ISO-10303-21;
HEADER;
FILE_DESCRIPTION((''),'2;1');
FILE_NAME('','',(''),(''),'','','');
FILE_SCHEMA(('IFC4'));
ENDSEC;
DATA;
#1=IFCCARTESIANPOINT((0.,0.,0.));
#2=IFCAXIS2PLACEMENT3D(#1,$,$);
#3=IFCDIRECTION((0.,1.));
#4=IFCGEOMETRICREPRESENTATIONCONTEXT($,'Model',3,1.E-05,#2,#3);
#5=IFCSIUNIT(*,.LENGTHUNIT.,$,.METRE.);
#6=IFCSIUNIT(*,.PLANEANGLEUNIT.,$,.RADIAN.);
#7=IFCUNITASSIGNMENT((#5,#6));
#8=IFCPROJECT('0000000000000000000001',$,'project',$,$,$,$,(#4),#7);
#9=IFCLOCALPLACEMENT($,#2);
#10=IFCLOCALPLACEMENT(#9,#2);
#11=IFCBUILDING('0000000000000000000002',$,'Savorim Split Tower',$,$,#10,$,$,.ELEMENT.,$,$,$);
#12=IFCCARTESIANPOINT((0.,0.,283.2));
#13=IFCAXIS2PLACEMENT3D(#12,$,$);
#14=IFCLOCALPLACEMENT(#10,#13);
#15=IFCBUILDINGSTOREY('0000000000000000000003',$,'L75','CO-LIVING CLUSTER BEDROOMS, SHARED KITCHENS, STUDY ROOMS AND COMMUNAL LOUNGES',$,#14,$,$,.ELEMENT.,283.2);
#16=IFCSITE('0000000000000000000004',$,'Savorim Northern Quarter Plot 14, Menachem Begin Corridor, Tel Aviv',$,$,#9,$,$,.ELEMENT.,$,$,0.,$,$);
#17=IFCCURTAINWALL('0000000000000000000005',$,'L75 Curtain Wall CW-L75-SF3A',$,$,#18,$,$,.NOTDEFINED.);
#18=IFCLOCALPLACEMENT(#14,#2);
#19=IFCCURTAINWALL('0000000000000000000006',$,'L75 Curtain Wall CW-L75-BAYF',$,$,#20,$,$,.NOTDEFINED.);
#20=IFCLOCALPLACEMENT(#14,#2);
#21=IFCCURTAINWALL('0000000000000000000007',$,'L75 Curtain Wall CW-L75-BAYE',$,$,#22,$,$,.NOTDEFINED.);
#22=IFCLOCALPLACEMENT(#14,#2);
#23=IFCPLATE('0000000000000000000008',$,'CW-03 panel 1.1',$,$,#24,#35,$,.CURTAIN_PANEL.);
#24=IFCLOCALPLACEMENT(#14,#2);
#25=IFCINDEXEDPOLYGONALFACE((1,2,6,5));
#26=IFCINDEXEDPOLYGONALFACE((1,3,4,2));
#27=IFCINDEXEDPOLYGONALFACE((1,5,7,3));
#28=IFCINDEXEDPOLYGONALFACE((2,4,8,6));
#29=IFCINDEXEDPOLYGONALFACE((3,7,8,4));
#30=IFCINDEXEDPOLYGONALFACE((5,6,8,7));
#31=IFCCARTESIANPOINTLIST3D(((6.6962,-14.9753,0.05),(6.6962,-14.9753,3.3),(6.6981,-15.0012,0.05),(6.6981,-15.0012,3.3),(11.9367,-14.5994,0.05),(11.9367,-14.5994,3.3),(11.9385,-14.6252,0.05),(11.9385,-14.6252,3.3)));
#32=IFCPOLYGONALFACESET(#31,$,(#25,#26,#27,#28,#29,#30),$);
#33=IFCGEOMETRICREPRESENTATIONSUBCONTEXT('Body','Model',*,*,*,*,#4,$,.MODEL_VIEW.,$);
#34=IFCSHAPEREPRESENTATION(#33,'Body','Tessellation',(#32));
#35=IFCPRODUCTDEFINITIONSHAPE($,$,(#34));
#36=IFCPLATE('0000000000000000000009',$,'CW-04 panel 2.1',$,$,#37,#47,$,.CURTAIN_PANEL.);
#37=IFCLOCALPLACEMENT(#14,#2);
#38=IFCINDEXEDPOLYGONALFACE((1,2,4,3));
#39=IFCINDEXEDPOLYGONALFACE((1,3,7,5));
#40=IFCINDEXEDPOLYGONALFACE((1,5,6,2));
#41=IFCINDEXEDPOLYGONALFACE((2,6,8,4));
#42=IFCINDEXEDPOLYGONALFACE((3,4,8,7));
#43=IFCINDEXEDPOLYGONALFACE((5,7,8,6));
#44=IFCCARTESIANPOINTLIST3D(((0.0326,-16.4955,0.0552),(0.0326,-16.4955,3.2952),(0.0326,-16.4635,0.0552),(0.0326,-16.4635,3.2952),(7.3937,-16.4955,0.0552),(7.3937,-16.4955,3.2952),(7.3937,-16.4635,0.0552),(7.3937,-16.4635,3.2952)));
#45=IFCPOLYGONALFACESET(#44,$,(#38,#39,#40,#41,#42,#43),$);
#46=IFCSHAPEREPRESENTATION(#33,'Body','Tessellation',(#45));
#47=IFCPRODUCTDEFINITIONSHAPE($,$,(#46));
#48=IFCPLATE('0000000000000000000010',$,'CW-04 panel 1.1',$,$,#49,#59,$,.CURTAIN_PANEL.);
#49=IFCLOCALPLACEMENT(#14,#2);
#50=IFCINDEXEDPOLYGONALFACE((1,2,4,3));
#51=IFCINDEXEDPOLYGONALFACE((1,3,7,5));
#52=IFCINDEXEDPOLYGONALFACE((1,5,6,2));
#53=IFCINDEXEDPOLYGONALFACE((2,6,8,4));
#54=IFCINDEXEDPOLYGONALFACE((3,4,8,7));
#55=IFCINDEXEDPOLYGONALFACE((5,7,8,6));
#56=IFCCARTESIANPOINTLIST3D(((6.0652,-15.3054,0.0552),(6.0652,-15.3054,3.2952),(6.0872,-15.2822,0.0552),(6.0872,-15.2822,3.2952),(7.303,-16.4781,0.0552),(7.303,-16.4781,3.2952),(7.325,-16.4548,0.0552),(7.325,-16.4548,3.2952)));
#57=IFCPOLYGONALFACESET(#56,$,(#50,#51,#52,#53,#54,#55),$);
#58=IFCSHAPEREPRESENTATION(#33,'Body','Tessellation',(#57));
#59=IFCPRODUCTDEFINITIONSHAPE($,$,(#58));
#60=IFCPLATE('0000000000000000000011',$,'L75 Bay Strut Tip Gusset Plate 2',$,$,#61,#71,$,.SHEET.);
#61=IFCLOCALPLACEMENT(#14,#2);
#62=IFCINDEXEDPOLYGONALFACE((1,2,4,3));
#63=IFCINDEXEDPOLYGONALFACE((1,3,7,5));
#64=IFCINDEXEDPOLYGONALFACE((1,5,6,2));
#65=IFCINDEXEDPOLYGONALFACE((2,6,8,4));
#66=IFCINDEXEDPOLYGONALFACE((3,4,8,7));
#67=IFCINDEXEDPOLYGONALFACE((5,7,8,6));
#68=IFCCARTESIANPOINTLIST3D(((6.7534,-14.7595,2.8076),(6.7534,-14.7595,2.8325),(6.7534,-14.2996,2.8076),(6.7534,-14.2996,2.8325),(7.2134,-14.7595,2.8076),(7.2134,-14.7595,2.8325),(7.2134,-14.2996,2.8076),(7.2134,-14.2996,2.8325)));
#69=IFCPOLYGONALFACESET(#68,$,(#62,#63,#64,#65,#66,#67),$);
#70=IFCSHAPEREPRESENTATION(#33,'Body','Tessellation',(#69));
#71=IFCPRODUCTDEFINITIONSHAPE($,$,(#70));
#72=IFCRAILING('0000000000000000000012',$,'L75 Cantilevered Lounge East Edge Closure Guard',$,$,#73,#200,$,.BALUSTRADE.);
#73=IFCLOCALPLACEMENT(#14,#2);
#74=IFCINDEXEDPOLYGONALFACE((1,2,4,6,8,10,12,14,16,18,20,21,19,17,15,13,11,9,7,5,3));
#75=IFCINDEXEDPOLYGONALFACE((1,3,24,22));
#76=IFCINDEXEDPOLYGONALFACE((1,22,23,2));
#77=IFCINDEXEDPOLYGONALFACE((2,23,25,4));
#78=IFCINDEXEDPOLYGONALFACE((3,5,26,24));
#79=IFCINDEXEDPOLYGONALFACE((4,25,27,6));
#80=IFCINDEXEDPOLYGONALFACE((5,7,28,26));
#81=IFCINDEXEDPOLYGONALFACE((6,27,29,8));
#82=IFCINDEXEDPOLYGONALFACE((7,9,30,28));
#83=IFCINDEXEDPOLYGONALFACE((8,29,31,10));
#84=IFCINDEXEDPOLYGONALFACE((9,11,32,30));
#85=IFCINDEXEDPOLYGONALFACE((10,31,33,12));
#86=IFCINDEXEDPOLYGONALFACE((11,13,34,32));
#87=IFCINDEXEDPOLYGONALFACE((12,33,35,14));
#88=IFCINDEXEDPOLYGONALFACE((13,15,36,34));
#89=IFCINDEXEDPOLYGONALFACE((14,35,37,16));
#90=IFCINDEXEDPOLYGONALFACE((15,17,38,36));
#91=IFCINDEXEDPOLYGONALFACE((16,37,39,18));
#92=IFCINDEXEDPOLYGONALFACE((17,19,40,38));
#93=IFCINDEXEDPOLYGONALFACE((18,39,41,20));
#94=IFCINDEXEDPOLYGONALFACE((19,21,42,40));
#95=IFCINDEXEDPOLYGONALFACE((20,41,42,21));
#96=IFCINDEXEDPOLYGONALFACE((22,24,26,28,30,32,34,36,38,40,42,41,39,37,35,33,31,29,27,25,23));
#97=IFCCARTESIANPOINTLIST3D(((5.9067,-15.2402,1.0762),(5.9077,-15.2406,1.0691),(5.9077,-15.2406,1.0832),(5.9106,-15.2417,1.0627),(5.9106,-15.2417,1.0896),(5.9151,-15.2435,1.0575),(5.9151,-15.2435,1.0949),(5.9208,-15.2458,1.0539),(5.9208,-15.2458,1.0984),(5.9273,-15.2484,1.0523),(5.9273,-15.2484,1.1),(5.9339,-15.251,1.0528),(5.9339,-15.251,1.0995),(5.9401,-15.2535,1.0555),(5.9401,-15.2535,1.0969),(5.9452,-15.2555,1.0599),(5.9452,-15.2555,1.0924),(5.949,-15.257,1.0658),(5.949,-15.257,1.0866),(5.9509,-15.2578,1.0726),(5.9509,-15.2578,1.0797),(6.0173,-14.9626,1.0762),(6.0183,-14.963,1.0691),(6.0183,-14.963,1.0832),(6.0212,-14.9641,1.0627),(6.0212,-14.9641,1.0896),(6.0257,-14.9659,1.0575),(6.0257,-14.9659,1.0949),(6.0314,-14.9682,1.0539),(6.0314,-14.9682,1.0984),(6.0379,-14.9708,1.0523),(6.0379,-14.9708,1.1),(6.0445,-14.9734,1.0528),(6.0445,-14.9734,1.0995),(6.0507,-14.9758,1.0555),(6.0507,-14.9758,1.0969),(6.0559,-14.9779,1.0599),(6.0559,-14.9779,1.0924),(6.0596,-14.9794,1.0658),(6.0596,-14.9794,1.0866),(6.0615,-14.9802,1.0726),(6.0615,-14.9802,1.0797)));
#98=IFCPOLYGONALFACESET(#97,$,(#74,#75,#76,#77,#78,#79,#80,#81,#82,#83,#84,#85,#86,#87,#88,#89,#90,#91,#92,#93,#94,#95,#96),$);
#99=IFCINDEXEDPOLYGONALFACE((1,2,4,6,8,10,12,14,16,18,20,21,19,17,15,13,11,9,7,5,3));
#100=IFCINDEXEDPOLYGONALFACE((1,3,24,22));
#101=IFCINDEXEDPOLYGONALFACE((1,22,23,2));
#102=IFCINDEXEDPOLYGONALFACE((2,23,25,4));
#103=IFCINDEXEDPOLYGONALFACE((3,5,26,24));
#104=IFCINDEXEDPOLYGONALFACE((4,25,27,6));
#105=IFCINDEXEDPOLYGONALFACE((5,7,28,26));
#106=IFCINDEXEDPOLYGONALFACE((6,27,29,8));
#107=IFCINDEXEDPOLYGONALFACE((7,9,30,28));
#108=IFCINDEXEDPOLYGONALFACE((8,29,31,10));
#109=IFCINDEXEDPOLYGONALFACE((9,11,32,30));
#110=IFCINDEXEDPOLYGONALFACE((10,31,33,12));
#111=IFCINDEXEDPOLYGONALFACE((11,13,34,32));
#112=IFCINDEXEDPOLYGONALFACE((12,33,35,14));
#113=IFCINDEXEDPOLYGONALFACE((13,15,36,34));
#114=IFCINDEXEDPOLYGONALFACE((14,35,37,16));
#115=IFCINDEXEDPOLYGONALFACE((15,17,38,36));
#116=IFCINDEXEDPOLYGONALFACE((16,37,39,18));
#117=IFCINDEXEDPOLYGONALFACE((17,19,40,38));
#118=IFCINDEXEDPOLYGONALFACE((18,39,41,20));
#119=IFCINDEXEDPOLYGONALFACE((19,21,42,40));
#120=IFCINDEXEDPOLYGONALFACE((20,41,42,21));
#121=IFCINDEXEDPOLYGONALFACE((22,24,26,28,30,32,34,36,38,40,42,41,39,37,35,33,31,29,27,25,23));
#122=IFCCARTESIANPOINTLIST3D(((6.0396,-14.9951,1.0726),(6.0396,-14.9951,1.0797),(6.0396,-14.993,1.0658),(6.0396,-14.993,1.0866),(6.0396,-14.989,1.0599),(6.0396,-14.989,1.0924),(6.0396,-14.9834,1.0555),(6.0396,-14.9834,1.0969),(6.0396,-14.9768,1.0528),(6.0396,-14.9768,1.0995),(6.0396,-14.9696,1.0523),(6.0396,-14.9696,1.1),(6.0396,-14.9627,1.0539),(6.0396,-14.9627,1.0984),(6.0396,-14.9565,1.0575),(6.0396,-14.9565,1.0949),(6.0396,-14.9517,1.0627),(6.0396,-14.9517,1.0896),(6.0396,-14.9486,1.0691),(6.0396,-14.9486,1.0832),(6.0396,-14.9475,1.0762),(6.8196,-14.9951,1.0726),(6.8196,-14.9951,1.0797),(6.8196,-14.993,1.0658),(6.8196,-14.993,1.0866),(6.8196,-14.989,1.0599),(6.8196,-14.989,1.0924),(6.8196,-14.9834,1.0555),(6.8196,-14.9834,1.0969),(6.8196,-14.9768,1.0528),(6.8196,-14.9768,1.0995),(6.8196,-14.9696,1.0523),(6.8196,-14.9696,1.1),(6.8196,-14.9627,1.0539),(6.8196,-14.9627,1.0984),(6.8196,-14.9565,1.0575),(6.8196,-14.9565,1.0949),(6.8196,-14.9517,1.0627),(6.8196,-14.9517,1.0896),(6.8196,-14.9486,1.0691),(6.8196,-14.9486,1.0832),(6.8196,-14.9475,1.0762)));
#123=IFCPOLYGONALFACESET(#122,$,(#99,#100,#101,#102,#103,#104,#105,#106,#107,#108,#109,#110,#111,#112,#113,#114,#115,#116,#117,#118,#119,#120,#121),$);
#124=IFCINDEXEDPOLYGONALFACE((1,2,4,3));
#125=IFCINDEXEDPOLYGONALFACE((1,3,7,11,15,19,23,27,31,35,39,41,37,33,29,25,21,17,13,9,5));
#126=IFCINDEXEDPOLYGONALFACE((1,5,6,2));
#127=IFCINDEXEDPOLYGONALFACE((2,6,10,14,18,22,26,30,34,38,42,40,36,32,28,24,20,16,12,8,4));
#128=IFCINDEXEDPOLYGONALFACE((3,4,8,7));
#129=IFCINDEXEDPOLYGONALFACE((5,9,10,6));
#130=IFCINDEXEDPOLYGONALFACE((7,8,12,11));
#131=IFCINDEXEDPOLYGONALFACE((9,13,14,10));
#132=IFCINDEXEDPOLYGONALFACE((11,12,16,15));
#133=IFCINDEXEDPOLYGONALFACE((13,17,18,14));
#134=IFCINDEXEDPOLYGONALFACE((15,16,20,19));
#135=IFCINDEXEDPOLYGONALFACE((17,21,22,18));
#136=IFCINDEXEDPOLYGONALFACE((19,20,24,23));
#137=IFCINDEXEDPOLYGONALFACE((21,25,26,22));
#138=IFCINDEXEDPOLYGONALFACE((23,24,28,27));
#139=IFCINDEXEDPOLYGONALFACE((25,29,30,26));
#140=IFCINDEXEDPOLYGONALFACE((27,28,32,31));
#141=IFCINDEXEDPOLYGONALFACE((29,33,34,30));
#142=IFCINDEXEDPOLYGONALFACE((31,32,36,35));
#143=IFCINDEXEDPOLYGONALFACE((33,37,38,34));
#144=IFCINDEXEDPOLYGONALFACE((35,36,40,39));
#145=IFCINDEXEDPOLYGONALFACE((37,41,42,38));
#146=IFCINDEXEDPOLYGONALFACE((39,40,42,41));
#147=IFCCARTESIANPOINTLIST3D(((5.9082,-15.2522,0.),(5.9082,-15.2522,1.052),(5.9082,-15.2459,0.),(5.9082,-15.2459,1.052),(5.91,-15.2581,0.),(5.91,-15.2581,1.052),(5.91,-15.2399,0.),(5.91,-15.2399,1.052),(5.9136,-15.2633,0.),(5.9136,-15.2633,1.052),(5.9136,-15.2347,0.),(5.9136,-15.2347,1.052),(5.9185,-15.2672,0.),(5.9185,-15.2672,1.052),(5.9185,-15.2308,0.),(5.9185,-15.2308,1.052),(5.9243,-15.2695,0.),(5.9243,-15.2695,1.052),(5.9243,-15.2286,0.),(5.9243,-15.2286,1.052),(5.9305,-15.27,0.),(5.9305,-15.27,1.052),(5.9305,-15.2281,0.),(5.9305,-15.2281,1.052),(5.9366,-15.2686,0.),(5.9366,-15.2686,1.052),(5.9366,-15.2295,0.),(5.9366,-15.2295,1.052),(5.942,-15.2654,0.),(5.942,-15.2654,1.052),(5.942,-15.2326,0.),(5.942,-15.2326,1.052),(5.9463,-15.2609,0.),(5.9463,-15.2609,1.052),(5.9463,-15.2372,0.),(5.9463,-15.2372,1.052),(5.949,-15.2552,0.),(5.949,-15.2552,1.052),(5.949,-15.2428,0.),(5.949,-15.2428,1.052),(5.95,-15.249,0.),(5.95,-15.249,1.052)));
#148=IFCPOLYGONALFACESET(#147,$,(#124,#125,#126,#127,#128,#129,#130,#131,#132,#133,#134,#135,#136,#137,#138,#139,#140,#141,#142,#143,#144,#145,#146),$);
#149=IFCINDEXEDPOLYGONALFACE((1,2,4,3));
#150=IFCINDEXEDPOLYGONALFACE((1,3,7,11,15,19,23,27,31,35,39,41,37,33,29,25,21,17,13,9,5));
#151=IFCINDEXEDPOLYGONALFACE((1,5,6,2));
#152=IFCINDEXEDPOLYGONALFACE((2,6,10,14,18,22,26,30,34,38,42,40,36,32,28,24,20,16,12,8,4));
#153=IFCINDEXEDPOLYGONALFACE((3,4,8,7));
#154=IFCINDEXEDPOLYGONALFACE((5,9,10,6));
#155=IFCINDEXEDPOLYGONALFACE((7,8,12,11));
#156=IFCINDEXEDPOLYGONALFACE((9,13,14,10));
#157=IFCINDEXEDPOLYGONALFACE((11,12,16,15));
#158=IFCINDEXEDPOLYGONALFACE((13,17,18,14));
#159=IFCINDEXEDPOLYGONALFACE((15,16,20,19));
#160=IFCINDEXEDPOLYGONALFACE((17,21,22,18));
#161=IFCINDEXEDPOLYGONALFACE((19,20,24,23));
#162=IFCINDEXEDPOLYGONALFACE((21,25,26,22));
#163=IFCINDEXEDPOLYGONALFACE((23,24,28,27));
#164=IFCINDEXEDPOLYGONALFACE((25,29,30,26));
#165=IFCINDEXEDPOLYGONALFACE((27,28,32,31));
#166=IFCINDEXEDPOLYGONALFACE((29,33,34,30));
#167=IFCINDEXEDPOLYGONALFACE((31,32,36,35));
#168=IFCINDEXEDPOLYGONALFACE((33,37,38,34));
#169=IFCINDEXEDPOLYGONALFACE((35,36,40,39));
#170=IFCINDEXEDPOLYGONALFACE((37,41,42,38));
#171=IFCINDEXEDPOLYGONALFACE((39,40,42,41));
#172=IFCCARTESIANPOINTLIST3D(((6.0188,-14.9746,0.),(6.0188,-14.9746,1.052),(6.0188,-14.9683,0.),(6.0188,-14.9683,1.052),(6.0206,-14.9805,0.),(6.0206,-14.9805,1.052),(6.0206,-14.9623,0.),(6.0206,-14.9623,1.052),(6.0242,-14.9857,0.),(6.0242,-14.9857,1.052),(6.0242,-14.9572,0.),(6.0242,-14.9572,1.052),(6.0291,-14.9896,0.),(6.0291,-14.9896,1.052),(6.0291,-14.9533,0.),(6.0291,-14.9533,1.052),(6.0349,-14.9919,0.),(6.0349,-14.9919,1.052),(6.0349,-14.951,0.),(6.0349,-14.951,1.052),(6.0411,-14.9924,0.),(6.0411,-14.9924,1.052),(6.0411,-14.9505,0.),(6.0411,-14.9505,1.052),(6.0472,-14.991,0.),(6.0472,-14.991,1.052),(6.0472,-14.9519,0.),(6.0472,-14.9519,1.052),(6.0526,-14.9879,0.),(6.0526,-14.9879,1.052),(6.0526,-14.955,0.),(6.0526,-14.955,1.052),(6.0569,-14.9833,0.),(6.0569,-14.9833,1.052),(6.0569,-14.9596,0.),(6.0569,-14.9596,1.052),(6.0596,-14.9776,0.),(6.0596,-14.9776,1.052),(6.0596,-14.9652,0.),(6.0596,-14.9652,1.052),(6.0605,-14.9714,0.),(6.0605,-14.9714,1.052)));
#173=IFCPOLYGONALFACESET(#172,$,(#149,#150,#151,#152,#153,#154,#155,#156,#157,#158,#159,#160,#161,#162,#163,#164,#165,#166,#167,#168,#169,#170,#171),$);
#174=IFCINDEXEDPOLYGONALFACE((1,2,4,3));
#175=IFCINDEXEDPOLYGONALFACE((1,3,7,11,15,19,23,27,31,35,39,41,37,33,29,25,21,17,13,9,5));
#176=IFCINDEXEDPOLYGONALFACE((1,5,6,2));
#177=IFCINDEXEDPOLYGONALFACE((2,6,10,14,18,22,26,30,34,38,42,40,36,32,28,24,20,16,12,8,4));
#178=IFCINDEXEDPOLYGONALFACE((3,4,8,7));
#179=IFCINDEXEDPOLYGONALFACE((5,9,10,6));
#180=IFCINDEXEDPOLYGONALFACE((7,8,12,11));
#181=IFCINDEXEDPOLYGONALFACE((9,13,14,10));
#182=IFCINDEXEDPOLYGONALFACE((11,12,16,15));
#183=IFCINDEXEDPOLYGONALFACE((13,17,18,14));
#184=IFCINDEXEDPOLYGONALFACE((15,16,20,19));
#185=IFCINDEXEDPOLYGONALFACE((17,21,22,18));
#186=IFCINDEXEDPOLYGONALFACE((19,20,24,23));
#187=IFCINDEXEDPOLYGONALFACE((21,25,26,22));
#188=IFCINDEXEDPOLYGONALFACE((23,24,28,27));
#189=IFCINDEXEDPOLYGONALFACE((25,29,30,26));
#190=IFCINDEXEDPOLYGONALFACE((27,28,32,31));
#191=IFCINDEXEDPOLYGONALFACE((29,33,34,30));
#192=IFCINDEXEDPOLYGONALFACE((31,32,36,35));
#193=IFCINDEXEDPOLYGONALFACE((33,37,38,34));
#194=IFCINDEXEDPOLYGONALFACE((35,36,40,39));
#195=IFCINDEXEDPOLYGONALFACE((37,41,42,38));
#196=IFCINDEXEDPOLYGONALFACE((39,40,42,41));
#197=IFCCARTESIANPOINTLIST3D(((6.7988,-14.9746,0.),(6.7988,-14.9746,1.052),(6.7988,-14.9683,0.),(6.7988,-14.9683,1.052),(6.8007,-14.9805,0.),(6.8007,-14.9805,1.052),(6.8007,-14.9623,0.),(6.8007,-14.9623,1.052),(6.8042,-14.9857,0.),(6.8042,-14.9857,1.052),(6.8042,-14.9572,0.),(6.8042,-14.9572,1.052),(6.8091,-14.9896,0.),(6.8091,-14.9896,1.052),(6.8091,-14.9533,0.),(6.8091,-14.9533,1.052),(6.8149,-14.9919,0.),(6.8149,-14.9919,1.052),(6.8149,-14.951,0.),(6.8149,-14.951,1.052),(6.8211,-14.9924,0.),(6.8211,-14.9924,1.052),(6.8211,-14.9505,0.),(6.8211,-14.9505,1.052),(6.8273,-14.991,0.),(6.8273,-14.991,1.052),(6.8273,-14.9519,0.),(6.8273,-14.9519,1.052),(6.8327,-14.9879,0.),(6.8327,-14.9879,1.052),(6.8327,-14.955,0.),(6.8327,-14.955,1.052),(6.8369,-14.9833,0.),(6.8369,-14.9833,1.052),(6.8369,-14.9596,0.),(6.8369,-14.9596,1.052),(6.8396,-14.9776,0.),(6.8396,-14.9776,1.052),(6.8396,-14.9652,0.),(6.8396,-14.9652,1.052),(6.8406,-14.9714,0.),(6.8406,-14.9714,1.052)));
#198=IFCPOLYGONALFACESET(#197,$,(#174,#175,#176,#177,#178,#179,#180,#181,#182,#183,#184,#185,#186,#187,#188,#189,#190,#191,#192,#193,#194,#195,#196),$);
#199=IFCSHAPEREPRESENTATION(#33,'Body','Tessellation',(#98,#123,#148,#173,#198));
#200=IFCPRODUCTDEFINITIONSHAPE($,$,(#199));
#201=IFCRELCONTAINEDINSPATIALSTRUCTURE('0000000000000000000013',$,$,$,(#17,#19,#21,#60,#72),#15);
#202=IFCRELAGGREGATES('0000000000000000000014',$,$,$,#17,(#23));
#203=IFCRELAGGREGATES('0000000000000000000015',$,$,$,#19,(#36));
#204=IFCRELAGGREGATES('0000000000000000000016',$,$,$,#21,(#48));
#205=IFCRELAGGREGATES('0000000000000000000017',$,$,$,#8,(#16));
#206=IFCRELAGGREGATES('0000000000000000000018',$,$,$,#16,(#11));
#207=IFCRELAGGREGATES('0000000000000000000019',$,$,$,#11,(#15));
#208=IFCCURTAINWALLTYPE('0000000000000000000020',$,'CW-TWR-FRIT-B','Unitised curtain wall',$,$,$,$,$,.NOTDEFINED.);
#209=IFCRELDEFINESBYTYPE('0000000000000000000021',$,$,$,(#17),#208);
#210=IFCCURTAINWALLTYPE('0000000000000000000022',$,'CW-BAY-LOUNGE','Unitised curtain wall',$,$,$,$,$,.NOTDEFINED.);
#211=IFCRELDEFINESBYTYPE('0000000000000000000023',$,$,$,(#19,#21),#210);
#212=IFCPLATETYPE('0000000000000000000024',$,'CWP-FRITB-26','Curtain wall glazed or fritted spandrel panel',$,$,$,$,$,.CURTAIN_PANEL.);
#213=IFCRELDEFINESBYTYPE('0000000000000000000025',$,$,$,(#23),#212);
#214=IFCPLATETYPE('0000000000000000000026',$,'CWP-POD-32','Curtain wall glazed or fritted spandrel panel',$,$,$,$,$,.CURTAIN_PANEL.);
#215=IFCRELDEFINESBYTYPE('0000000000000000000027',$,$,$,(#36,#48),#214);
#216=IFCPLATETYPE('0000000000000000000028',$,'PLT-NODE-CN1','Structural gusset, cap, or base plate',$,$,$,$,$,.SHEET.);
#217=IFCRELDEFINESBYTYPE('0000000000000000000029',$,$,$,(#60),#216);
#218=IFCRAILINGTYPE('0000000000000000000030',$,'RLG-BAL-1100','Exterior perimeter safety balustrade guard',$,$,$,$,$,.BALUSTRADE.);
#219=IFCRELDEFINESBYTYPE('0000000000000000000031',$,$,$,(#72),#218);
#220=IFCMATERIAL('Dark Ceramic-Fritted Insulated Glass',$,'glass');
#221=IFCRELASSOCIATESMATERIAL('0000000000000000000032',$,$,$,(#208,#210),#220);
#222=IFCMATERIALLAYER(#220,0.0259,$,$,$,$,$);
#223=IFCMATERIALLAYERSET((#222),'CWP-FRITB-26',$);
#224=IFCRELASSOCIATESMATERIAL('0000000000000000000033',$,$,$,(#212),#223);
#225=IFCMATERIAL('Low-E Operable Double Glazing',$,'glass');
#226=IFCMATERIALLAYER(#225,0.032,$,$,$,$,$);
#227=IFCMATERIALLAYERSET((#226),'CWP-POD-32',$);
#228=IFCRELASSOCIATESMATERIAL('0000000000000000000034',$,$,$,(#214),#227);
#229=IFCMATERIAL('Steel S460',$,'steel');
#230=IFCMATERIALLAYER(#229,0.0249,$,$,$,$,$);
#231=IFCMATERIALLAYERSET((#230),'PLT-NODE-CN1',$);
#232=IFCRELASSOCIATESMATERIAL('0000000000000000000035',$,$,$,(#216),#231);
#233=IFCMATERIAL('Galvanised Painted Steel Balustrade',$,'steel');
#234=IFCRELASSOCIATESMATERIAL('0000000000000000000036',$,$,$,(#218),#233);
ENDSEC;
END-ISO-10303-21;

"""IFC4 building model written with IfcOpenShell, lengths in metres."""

from ifc_helpers import new_model, si_unit, direction, frame, origin, origin_2d, place, context, subcontext, project, spatial, rectangle, circle, extrude, material, layer, layer_set, type_object, element, aggregate, save


model = new_model("IFC4")

# Units and contexts
model_context = context("Model", 3, precision=1e-05, world=origin(), true_north=direction((0.0, 1.0)))
body_context = subcontext(model_context, "Body", "Model", "MODEL_VIEW")
ifc_project = project(units=[si_unit("LENGTHUNIT", "METRE"), si_unit("PLANEANGLEUNIT", "RADIAN")], contexts=[model_context])

# Site, building, storey
site_placement = place(None, origin())
site = spatial("IfcSite", under=ifc_project, at=site_placement, Name="Savorim Northern Quarter Plot 14, Menachem Begin Corridor, Tel Aviv", CompositionType="ELEMENT", RefElevation=0.0)
building_placement = place(site_placement, origin())
building = spatial("IfcBuilding", under=site, at=building_placement, Name="Savorim Split Tower", CompositionType="ELEMENT")
storey_placement = place(building_placement, frame((0.0, 0.0, 283.2)))
storey = spatial("IfcBuildingStorey", under=building, at=storey_placement, Name="L75", Description="CO-LIVING CLUSTER BEDROOMS, SHARED KITCHENS, STUDY ROOMS AND COMMUNAL LOUNGES", CompositionType="ELEMENT", Elevation=283.2)

# Curtain walls
ifc_material_1 = material(Name="Dark Ceramic-Fritted Insulated Glass", Category="glass")
curtain_wall_type_1 = type_object("IfcCurtainWallType", Name="CW-TWR-FRIT-B", Description="Unitised curtain wall", PredefinedType="NOTDEFINED", material=ifc_material_1)
curtain_wall_1_placement = place(storey_placement, origin())
curtain_wall_1 = element("IfcCurtainWall", 1, at=curtain_wall_1_placement, inside=storey, type_object=curtain_wall_type_1, Name="L75 Curtain Wall CW-L75-SF3A", PredefinedType="NOTDEFINED")
curtain_wall_type_2 = type_object("IfcCurtainWallType", Name="CW-BAY-LOUNGE", Description="Unitised curtain wall", PredefinedType="NOTDEFINED", material=ifc_material_1)
curtain_wall_2_placement = place(storey_placement, origin())
curtain_wall_2 = element("IfcCurtainWall", 2, at=curtain_wall_2_placement, inside=storey, type_object=curtain_wall_type_2, Name="L75 Curtain Wall CW-L75-BAYF", PredefinedType="NOTDEFINED")

# Curtain wall
curtain_wall_3_placement = place(storey_placement, origin())
curtain_wall_3 = element("IfcCurtainWall", 3, at=curtain_wall_3_placement, inside=storey, type_object=curtain_wall_type_2, Name="L75 Curtain Wall CW-L75-BAYE", PredefinedType="NOTDEFINED")

# Plates
ifc_layer_1 = layer(ifc_material_1, 0.0259)
ifc_layer_set_1 = layer_set([ifc_layer_1], Name="CWP-FRITB-26")
plate_type_1 = type_object("IfcPlateType", Name="CWP-FRITB-26", Description="Curtain wall glazed or fritted spandrel panel", PredefinedType="CURTAIN_PANEL", material=ifc_layer_set_1)
plate_1_placement = place(storey_placement, frame((9.3174, -14.8003, 0.05), z_axis=(0.0, 0.0, 1.0), x_axis=(0.997437, 0.07155, 0.0)))
plate_1 = element("IfcPlate", 4, at=plate_1_placement, type_object=plate_type_1, Name="CW-03 panel 1.1", PredefinedType="CURTAIN_PANEL", context=body_context, shape_type="SweptSolid", body=[
    extrude(rectangle(XDim=5.2539, YDim=0.0259, at=origin_2d()), origin(), (0.0, 0.0, 1.0), 3.25),
])
aggregate(curtain_wall_1, [plate_1])
ifc_material_2 = material(Name="Low-E Operable Double Glazing", Category="glass")
ifc_layer_2 = layer(ifc_material_2, 0.032)
ifc_layer_set_2 = layer_set([ifc_layer_2], Name="CWP-POD-32")
plate_type_2 = type_object("IfcPlateType", Name="CWP-POD-32", Description="Curtain wall glazed or fritted spandrel panel", PredefinedType="CURTAIN_PANEL", material=ifc_layer_set_2)
plate_2_placement = place(storey_placement, frame((3.7131, -16.4795, 0.0552), z_axis=(0.0, 0.0, 1.0), x_axis=(1.0, 0.0, 0.0)))
plate_2 = element("IfcPlate", 5, at=plate_2_placement, type_object=plate_type_2, Name="CW-04 panel 2.1", PredefinedType="CURTAIN_PANEL", context=body_context, shape_type="SweptSolid", body=[
    extrude(rectangle(XDim=7.3611, YDim=0.032, at=origin_2d()), origin(), (0.0, 0.0, 1.0), 3.24),
])
aggregate(curtain_wall_2, [plate_2])
plate_3_placement = place(storey_placement, frame((6.6951, -15.8801, 0.0552), z_axis=(0.0, 0.0, 1.0), x_axis=(-0.72595, 0.687748, 0.0)))
plate_3 = element("IfcPlate", 6, at=plate_3_placement, type_object=plate_type_2, Name="CW-04 panel 1.1", PredefinedType="CURTAIN_PANEL", context=body_context, shape_type="SweptSolid", body=[
    extrude(rectangle(XDim=1.7051, YDim=0.032, at=origin_2d()), origin(), (0.0, 0.0, 1.0), 3.24),
])
aggregate(curtain_wall_3, [plate_3])
ifc_material_3 = material(Name="Steel S460", Category="steel")
ifc_layer_3 = layer(ifc_material_3, 0.0249)
ifc_layer_set_3 = layer_set([ifc_layer_3], Name="PLT-NODE-CN1")
plate_type_3 = type_object("IfcPlateType", Name="PLT-NODE-CN1", Description="Structural gusset, cap, or base plate", PredefinedType="SHEET", material=ifc_layer_set_3)
plate_4_placement = place(storey_placement, frame((6.9834, -14.5295, 2.8076), z_axis=(0.0, 0.0, 1.0), x_axis=(1.0, 0.0, 0.0)))
element("IfcPlate", 7, at=plate_4_placement, inside=storey, type_object=plate_type_3, Name="L75 Bay Strut Tip Gusset Plate 2", PredefinedType="SHEET", context=body_context, shape_type="SweptSolid", body=[
    extrude(rectangle(XDim=0.46, YDim=0.46, at=origin_2d()), origin(), (0.0, 0.0, 1.0), 0.0249),
])

# Railing
ifc_material_4 = material(Name="Galvanised Painted Steel Balustrade", Category="steel")
railing_type = type_object("IfcRailingType", Name="RLG-BAL-1100", Description="Exterior perimeter safety balustrade guard", PredefinedType="BALUSTRADE", material=ifc_material_4)
railing_placement = place(storey_placement, frame((5.929, -15.249, 0.0)))
element("IfcRailing", 8, at=railing_placement, inside=storey, type_object=railing_type, Name="L75 Cantilevered Lounge East Edge Closure Guard", PredefinedType="BALUSTRADE", context=body_context, shape_type="SweptSolid", body=[
    extrude(circle(Radius=0.0239, at=origin_2d()), frame((0.0, 0.0, 1.0762), z_axis=(0.370122, 0.928983, 0.0), x_axis=(-0.928983, 0.370122, 0.0)), (0.0, 0.0, 1.0), 0.2988),
    extrude(circle(Radius=0.0239, at=origin_2d()), frame((0.1106, 0.2776, 1.0762), z_axis=(1.0, 0.0, 0.0), x_axis=(0.0, 1.0, 0.0)), (0.0, 0.0, 1.0), 0.78),
    extrude(circle(Radius=0.021, at=origin_2d()), origin(), (0.0, 0.0, 1.0), 1.052),
    extrude(circle(Radius=0.021, at=origin_2d()), frame((0.1106, 0.2776, 0.0)), (0.0, 0.0, 1.0), 1.052),
    extrude(circle(Radius=0.021, at=origin_2d()), frame((0.8906, 0.2776, 0.0)), (0.0, 0.0, 1.0), 1.052),
])

save(model, "model.ifc")
